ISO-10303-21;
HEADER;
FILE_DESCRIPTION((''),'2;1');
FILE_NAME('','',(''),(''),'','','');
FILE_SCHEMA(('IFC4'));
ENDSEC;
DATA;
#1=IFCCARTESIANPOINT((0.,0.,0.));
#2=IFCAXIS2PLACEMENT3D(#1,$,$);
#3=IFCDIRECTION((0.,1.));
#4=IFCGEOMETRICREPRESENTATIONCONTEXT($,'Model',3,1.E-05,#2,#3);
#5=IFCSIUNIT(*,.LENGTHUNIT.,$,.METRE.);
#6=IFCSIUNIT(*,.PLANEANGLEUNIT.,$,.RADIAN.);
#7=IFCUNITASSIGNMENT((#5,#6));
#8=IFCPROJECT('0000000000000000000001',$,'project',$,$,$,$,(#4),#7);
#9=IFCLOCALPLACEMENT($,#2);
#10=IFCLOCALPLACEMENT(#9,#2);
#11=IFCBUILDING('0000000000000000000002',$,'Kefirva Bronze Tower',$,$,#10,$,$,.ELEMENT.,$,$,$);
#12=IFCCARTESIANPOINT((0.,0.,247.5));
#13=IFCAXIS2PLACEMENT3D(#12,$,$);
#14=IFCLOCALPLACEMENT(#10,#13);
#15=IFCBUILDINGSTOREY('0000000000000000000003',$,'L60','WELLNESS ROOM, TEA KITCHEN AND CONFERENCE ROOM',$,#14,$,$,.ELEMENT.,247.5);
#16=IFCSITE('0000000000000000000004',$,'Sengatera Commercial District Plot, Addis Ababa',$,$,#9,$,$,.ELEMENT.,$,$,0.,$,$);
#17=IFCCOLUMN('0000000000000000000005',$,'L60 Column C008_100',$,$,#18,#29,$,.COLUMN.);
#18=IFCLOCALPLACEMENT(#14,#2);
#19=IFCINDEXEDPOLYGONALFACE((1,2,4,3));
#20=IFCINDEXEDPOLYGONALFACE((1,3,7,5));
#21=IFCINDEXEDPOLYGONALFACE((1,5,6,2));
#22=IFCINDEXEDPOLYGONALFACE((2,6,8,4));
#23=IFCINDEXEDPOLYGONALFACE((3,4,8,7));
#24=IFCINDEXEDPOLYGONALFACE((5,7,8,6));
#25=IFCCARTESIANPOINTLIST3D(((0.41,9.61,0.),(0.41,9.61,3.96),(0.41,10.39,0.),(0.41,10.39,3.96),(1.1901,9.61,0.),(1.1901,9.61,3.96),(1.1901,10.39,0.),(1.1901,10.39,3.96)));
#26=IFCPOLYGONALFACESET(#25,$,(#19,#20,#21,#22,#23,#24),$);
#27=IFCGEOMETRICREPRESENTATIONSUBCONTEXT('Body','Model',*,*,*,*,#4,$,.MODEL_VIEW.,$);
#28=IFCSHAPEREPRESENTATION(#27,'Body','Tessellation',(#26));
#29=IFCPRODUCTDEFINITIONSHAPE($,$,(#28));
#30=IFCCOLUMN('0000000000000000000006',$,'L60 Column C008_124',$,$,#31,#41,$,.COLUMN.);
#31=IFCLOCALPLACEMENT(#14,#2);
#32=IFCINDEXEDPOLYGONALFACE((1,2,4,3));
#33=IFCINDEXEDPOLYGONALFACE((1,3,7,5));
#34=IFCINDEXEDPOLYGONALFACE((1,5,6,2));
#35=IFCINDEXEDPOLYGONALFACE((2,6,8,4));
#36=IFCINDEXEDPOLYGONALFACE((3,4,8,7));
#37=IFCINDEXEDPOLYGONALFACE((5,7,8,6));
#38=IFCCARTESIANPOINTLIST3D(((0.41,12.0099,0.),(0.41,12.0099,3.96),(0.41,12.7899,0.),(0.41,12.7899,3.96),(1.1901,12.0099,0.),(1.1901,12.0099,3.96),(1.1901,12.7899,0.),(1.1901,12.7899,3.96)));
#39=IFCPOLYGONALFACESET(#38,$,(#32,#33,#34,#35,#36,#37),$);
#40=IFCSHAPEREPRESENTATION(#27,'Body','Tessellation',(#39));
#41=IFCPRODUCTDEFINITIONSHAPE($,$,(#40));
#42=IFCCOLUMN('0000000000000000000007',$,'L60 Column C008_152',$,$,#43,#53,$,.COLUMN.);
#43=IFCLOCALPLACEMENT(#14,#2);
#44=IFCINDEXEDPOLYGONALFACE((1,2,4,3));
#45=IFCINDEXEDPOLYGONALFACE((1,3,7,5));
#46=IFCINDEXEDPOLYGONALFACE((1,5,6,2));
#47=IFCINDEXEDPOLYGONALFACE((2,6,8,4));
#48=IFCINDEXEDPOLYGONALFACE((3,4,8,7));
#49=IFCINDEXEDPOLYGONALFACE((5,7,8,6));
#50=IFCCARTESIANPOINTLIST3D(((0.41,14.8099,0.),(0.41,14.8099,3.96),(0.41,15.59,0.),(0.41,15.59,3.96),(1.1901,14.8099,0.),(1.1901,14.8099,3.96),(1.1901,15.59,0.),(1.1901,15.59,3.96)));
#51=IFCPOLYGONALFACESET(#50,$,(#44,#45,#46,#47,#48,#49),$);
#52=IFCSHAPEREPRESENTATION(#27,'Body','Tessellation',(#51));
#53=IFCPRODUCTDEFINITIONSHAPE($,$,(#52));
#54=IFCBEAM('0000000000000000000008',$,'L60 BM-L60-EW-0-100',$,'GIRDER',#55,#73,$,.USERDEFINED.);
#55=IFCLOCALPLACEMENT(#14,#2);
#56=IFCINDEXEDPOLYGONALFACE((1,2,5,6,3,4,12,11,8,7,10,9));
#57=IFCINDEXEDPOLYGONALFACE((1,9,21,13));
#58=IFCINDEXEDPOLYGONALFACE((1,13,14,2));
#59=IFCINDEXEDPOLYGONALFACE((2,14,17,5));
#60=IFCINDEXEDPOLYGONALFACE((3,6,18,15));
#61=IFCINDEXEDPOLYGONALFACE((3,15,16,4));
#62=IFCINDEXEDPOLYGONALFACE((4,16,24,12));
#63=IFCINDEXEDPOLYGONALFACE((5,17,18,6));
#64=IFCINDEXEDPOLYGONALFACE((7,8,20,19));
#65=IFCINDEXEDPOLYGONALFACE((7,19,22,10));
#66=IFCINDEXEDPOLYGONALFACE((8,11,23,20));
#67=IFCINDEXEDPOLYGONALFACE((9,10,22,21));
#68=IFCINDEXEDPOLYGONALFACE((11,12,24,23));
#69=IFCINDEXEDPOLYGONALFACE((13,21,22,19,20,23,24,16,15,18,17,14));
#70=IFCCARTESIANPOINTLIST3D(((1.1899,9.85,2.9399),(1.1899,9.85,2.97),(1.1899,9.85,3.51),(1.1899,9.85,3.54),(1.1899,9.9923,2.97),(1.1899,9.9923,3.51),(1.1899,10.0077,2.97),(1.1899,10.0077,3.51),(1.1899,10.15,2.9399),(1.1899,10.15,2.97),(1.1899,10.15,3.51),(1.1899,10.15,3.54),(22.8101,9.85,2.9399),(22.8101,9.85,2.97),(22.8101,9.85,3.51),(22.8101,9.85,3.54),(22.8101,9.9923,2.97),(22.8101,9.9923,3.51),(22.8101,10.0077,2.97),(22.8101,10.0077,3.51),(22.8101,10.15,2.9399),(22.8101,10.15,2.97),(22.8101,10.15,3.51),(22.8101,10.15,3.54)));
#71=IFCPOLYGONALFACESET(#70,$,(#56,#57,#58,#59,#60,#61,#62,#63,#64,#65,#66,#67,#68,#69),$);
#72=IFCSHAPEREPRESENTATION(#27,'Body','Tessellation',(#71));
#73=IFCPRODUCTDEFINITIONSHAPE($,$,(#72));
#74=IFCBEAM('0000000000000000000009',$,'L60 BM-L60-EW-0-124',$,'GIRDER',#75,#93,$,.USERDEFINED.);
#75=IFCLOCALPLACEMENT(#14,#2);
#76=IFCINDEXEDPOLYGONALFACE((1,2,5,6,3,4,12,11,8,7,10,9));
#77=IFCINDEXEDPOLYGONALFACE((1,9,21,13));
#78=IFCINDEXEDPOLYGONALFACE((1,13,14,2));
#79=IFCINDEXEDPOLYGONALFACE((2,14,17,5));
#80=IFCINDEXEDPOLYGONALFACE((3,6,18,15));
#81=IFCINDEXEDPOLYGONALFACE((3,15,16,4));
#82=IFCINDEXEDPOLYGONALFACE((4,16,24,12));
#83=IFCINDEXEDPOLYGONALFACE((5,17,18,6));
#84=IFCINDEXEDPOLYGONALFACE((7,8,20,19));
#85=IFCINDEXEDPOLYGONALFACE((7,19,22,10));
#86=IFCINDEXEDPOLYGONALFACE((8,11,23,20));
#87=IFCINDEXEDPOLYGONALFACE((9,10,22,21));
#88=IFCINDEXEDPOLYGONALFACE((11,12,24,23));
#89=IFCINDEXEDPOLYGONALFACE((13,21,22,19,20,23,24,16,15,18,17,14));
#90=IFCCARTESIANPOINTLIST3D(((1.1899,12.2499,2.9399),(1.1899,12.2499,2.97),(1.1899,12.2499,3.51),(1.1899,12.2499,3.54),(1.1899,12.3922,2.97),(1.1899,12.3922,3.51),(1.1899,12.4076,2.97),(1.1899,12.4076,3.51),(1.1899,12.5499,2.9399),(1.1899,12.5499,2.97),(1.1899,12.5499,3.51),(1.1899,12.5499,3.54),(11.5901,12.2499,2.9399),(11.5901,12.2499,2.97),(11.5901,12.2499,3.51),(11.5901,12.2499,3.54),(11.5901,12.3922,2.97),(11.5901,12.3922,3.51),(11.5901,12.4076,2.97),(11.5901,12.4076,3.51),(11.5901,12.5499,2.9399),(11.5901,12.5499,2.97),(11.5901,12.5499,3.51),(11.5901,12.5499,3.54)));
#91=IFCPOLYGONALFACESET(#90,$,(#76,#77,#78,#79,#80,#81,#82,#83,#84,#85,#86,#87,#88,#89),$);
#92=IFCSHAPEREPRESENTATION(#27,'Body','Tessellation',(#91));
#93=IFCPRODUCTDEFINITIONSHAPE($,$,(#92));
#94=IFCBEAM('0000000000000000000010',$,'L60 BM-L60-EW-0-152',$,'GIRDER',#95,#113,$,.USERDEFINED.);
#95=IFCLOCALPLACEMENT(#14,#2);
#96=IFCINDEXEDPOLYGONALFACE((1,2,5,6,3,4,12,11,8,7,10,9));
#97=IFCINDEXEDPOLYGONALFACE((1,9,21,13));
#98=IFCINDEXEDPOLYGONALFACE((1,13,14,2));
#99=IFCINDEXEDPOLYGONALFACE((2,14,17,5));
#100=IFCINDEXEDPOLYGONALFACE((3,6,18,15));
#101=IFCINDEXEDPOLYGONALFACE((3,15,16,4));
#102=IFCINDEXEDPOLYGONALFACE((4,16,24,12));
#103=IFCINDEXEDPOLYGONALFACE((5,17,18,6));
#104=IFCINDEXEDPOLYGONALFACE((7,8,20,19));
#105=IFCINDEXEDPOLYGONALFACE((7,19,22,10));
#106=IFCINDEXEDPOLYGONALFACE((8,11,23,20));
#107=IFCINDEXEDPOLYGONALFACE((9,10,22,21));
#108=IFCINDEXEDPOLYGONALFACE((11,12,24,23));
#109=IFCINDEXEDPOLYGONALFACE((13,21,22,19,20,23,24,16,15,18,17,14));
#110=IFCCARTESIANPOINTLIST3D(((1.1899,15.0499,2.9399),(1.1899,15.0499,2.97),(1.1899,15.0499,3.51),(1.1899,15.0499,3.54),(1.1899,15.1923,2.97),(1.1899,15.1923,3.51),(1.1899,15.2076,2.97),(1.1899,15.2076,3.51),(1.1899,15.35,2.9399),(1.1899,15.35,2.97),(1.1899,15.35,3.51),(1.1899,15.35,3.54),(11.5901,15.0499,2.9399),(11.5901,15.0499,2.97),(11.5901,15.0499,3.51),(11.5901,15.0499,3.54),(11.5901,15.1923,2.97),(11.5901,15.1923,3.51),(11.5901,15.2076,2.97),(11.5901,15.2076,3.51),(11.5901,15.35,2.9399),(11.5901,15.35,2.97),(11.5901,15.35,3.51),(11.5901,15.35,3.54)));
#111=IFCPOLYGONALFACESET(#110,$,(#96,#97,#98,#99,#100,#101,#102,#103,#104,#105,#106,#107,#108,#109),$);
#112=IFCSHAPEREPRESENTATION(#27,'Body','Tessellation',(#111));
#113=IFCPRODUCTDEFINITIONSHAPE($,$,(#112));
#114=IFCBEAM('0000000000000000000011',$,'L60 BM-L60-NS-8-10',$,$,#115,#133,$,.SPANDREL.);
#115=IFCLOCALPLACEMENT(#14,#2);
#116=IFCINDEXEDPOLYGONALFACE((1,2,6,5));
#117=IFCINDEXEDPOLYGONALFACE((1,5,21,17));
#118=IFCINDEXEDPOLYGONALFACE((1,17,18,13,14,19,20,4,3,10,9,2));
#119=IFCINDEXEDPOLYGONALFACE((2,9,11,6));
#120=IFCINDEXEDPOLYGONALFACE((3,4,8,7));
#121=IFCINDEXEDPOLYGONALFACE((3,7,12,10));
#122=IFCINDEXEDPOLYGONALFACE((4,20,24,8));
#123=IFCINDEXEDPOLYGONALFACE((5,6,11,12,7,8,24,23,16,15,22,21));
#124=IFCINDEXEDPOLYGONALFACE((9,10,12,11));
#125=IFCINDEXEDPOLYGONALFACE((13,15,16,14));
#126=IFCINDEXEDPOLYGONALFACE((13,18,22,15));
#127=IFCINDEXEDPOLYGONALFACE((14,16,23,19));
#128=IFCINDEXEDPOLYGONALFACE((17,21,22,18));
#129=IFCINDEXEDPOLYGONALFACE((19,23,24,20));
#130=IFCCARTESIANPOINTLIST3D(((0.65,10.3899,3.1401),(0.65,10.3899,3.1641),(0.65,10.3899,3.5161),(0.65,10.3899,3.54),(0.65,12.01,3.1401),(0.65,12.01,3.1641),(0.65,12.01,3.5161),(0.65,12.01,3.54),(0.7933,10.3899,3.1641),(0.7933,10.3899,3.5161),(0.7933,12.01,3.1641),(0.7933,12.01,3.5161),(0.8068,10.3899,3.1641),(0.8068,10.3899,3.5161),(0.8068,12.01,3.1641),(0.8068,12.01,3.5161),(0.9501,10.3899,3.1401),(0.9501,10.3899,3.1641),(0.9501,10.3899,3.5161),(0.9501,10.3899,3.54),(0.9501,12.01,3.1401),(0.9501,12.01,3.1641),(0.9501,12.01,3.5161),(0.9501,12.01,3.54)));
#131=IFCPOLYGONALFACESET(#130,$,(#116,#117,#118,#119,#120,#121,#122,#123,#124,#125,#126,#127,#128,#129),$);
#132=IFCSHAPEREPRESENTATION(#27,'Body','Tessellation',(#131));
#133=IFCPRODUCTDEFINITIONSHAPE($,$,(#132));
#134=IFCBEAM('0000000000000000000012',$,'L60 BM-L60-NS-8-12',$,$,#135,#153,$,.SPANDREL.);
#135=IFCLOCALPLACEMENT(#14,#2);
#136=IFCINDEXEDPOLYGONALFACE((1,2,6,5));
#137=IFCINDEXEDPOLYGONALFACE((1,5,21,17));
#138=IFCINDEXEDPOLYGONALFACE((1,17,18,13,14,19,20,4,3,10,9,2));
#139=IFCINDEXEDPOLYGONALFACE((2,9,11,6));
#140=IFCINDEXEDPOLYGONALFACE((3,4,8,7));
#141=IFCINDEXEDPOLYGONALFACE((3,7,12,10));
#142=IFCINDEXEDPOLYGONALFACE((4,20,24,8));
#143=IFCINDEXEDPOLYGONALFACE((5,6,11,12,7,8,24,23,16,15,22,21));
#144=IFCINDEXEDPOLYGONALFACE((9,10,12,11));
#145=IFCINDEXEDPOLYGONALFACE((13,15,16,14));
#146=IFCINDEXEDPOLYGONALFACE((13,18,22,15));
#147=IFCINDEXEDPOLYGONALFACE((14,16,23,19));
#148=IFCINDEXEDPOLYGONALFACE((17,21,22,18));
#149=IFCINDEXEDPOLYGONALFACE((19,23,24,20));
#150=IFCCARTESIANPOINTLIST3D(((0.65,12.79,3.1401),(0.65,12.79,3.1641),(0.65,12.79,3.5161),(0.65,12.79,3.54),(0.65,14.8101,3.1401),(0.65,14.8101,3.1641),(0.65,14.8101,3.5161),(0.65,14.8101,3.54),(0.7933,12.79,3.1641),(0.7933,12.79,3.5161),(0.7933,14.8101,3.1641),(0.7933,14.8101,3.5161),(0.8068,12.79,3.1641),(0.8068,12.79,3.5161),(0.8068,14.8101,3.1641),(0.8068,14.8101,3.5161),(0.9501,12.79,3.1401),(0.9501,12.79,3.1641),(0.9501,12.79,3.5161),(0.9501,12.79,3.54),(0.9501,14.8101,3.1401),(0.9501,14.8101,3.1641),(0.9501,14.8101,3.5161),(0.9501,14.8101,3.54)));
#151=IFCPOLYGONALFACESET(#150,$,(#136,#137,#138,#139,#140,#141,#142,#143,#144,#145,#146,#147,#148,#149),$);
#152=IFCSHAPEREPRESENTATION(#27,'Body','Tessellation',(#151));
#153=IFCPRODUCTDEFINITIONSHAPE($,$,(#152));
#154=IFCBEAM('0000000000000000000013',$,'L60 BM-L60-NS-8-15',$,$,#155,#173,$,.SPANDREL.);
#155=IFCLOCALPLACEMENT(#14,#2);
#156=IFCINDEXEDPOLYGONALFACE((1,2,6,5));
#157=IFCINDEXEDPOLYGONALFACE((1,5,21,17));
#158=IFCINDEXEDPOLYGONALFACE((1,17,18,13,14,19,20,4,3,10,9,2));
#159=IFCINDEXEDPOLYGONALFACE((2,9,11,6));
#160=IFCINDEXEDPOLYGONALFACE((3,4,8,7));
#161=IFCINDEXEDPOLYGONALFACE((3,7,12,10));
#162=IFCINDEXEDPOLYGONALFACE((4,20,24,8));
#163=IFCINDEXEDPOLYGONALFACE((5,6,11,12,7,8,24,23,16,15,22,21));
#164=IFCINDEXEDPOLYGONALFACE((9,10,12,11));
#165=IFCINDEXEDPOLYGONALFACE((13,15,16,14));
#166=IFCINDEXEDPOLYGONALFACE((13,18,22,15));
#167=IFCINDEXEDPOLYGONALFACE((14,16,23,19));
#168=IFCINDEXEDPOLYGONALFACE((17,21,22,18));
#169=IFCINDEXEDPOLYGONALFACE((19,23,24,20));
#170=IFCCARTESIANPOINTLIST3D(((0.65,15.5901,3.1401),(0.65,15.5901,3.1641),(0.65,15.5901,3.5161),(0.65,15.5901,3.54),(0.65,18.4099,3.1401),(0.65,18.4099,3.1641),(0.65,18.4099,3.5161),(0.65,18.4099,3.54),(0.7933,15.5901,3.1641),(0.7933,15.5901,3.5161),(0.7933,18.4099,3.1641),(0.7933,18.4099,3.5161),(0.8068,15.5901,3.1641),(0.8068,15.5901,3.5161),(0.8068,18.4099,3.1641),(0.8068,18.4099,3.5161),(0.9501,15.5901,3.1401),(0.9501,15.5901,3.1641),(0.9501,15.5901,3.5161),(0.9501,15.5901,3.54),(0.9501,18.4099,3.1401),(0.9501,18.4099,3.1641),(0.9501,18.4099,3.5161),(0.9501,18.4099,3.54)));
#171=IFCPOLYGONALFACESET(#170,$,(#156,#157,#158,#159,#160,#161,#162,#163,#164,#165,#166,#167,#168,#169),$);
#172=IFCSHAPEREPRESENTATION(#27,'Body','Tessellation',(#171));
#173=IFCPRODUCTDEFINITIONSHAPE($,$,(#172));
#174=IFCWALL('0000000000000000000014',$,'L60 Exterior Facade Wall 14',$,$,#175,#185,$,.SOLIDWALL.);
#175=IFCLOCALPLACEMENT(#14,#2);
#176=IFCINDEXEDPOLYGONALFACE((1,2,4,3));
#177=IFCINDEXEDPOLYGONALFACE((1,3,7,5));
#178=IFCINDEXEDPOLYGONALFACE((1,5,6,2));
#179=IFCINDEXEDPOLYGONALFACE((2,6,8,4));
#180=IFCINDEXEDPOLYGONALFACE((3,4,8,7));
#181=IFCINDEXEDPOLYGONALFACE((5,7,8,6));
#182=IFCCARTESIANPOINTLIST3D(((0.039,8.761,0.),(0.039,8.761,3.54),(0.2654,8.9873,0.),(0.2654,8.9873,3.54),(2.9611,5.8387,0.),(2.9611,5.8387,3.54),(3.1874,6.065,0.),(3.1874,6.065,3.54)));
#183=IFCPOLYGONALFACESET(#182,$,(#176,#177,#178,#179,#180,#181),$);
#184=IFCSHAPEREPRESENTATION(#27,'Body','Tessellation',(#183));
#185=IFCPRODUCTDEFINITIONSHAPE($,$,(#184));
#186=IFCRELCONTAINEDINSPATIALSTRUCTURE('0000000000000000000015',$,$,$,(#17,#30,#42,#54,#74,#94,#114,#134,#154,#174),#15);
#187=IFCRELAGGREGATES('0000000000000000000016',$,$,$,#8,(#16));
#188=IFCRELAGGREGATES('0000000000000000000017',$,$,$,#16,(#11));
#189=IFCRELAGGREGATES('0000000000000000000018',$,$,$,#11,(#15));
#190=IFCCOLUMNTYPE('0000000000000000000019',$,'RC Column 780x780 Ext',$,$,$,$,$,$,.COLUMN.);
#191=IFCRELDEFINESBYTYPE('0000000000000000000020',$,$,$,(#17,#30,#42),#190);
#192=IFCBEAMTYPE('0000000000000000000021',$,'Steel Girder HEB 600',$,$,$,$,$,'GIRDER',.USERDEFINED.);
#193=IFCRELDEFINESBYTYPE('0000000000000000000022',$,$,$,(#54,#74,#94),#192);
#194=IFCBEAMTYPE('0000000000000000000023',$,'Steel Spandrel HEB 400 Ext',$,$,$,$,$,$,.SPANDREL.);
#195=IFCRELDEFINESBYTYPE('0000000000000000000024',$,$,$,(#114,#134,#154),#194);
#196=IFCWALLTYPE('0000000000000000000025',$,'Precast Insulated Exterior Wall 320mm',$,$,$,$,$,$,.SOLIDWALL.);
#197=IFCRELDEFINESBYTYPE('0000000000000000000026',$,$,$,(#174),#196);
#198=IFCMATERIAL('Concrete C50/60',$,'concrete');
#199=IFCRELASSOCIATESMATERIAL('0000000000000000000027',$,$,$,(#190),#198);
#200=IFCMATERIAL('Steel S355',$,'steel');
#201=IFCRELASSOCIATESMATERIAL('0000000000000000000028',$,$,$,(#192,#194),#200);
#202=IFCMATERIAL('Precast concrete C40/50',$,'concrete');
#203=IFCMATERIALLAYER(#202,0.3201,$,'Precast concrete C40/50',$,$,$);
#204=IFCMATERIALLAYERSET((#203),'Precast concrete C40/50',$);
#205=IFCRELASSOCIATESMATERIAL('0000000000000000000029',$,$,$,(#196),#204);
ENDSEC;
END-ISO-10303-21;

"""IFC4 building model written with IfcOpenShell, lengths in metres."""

from ifc_helpers import new_model, si_unit, direction, frame, frame_2d, origin, origin_2d, place, context, subcontext, project, spatial, rectangle, i_section, extrude, material, layer, layer_set, material_profile, profile_set, type_object, element, save


model = new_model("IFC4")

# Units and contexts
model_context = context("Model", 3, precision=1e-05, world=origin(), true_north=direction((0.0, 1.0)))
body_context = subcontext(model_context, "Body", "Model", "MODEL_VIEW")
ifc_project = project(units=[si_unit("LENGTHUNIT", "METRE"), si_unit("PLANEANGLEUNIT", "RADIAN")], contexts=[model_context])

# Site, building, storey
site_placement = place(None, origin())
site = spatial("IfcSite", under=ifc_project, at=site_placement, Name="Sengatera Commercial District Plot, Addis Ababa", CompositionType="ELEMENT", RefElevation=0.0)
building_placement = place(site_placement, origin())
building = spatial("IfcBuilding", under=site, at=building_placement, Name="Kefirva Bronze Tower", CompositionType="ELEMENT")
storey_placement = place(building_placement, frame((0.0, 0.0, 247.5)))
storey = spatial("IfcBuildingStorey", under=building, at=storey_placement, Name="L60", Description="WELLNESS ROOM, TEA KITCHEN AND CONFERENCE ROOM", CompositionType="ELEMENT", Elevation=247.5)

# Columns
ifc_material_1 = material(Name="Concrete C50/60", Category="concrete")
ifc_material_profile_1 = material_profile(ifc_material_1, rectangle(XDim=0.78, YDim=0.78, at=origin_2d()), Name="RC 780x780")
ifc_profile_set_1 = profile_set([ifc_material_profile_1], Name="Concrete C50/60")
column_type = type_object("IfcColumnType", Name="RC Column 780x780 Ext", PredefinedType="COLUMN", material=ifc_profile_set_1)
for number, where, z_axis, x_axis, name in (
    (1, (0.8, 10.0, 0.0), (0.0, 0.0, 1.0), (1.0, 0.0, 0.0), "L60 Column C008_100"),
    (2, (0.8, 12.3999, 0.0), (0.0, 0.0, 1.0), (1.0, 0.0, 0.0), "L60 Column C008_124"),
    (3, (0.8, 15.2, 0.0), (0.0, 0.0, 1.0), (1.0, 0.0, 0.0), "L60 Column C008_152"),
):
    element("IfcColumn", number, at=place(storey_placement, frame(where, z_axis=z_axis, x_axis=x_axis)), inside=storey, type_object=column_type, Name=name, PredefinedType="COLUMN", context=body_context, shape_type="SweptSolid", body=[
        extrude(rectangle(XDim=0.78, YDim=0.78, at=origin_2d()), origin(), (0.0, 0.0, 1.0), 3.96),
    ])

# Beams
ifc_material_2 = material(Name="Steel S355", Category="steel")
ifc_material_profile_2 = material_profile(ifc_material_2, i_section(OverallWidth=0.3, OverallDepth=0.6001, WebThickness=0.0154, FlangeThickness=0.03, at=origin_2d()), Name="HEB 600")
ifc_profile_set_2 = profile_set([ifc_material_profile_2], Name="Steel S355")
beam_type_1 = type_object("IfcBeamType", Name="Steel Girder HEB 600", ElementType="GIRDER", PredefinedType="USERDEFINED", material=ifc_profile_set_2)
beam_1_placement = place(storey_placement, frame((1.1899, 10.0, 3.24), z_axis=(1.0, 0.0, 0.0), x_axis=(0.0, 1.0, 0.0)))
element("IfcBeam", 4, at=beam_1_placement, inside=storey, type_object=beam_type_1, Name="L60 BM-L60-EW-0-100", ObjectType="GIRDER", PredefinedType="USERDEFINED", context=body_context, shape_type="SweptSolid", body=[
    extrude(i_section(OverallWidth=0.3, OverallDepth=0.6001, WebThickness=0.0154, FlangeThickness=0.03, at=origin_2d()), origin(), (0.0, 0.0, 1.0), 21.6201),
])
for number, where, z_axis, x_axis, name in (
    (5, (1.1899, 12.3999, 3.24), (1.0, 0.0, 0.0), (0.0, 1.0, 0.0), "L60 BM-L60-EW-0-124"),
    (6, (1.1899, 15.2, 3.24), (1.0, 0.0, 0.0), (0.0, 1.0, 0.0), "L60 BM-L60-EW-0-152"),
):
    element("IfcBeam", number, at=place(storey_placement, frame(where, z_axis=z_axis, x_axis=x_axis)), inside=storey, type_object=beam_type_1, Name=name, ObjectType="GIRDER", PredefinedType="USERDEFINED", context=body_context, shape_type="SweptSolid", body=[
        extrude(i_section(OverallWidth=0.3, OverallDepth=0.6001, WebThickness=0.0154, FlangeThickness=0.03, at=origin_2d()), origin(), (0.0, 0.0, 1.0), 10.4001),
    ])
ifc_material_profile_3 = material_profile(ifc_material_2, i_section(OverallWidth=0.3, OverallDepth=0.3999, WebThickness=0.0134, FlangeThickness=0.0239, at=origin_2d()), Name="HEB 400")
ifc_profile_set_3 = profile_set([ifc_material_profile_3], Name="Steel S355")
beam_type_2 = type_object("IfcBeamType", Name="Steel Spandrel HEB 400 Ext", PredefinedType="SPANDREL", material=ifc_profile_set_3)
beam_2_placement = place(storey_placement, frame((0.8, 10.3899, 3.3401), z_axis=(0.0, 1.0, 0.0), x_axis=(-1.0, 0.0, 0.0)))
element("IfcBeam", 7, at=beam_2_placement, inside=storey, type_object=beam_type_2, Name="L60 BM-L60-NS-8-10", PredefinedType="SPANDREL", context=body_context, shape_type="SweptSolid", body=[
    extrude(i_section(OverallWidth=0.3, OverallDepth=0.3999, WebThickness=0.0134, FlangeThickness=0.0239, at=origin_2d()), origin(), (0.0, 0.0, 1.0), 1.6201),
])
beam_3_placement = place(storey_placement, frame((0.8, 12.79, 3.3401), z_axis=(0.0, 1.0, 0.0), x_axis=(-1.0, 0.0, 0.0)))
element("IfcBeam", 8, at=beam_3_placement, inside=storey, type_object=beam_type_2, Name="L60 BM-L60-NS-8-12", PredefinedType="SPANDREL", context=body_context, shape_type="SweptSolid", body=[
    extrude(i_section(OverallWidth=0.3, OverallDepth=0.3999, WebThickness=0.0134, FlangeThickness=0.0239, at=origin_2d()), origin(), (0.0, 0.0, 1.0), 2.02),
])
beam_4_placement = place(storey_placement, frame((0.8, 15.5901, 3.3401), z_axis=(0.0, 1.0, 0.0), x_axis=(-1.0, 0.0, 0.0)))
element("IfcBeam", 9, at=beam_4_placement, inside=storey, type_object=beam_type_2, Name="L60 BM-L60-NS-8-15", PredefinedType="SPANDREL", context=body_context, shape_type="SweptSolid", body=[
    extrude(i_section(OverallWidth=0.3, OverallDepth=0.3999, WebThickness=0.0134, FlangeThickness=0.0239, at=origin_2d()), origin(), (0.0, 0.0, 1.0), 2.8198),
])

# Wall
ifc_material_3 = material(Name="Precast concrete C40/50", Category="concrete")
ifc_layer_1 = layer(ifc_material_3, 0.3201, Name="Precast concrete C40/50")
ifc_layer_set_1 = layer_set([ifc_layer_1], Name="Precast concrete C40/50")
wall_type_1 = type_object("IfcWallType", Name="Precast Insulated Exterior Wall 320mm", PredefinedType="SOLIDWALL", material=ifc_layer_set_1)
wall_1_placement = place(storey_placement, frame((0.1521, 8.8743, 0.0), z_axis=(0.0, 0.0, 1.0), x_axis=(0.707077, -0.707136, 0.0)))
element("IfcWall", 10, at=wall_1_placement, inside=storey, type_object=wall_type_1, Name="L60 Exterior Facade Wall 14", PredefinedType="SOLIDWALL", context=body_context, shape_type="SweptSolid", body=[
    extrude(rectangle(XDim=4.1326, YDim=0.3201, at=frame_2d((2.0664, 0.0))), origin(), (0.0, 0.0, 1.0), 3.54),
])

save(model, "model.ifc")
